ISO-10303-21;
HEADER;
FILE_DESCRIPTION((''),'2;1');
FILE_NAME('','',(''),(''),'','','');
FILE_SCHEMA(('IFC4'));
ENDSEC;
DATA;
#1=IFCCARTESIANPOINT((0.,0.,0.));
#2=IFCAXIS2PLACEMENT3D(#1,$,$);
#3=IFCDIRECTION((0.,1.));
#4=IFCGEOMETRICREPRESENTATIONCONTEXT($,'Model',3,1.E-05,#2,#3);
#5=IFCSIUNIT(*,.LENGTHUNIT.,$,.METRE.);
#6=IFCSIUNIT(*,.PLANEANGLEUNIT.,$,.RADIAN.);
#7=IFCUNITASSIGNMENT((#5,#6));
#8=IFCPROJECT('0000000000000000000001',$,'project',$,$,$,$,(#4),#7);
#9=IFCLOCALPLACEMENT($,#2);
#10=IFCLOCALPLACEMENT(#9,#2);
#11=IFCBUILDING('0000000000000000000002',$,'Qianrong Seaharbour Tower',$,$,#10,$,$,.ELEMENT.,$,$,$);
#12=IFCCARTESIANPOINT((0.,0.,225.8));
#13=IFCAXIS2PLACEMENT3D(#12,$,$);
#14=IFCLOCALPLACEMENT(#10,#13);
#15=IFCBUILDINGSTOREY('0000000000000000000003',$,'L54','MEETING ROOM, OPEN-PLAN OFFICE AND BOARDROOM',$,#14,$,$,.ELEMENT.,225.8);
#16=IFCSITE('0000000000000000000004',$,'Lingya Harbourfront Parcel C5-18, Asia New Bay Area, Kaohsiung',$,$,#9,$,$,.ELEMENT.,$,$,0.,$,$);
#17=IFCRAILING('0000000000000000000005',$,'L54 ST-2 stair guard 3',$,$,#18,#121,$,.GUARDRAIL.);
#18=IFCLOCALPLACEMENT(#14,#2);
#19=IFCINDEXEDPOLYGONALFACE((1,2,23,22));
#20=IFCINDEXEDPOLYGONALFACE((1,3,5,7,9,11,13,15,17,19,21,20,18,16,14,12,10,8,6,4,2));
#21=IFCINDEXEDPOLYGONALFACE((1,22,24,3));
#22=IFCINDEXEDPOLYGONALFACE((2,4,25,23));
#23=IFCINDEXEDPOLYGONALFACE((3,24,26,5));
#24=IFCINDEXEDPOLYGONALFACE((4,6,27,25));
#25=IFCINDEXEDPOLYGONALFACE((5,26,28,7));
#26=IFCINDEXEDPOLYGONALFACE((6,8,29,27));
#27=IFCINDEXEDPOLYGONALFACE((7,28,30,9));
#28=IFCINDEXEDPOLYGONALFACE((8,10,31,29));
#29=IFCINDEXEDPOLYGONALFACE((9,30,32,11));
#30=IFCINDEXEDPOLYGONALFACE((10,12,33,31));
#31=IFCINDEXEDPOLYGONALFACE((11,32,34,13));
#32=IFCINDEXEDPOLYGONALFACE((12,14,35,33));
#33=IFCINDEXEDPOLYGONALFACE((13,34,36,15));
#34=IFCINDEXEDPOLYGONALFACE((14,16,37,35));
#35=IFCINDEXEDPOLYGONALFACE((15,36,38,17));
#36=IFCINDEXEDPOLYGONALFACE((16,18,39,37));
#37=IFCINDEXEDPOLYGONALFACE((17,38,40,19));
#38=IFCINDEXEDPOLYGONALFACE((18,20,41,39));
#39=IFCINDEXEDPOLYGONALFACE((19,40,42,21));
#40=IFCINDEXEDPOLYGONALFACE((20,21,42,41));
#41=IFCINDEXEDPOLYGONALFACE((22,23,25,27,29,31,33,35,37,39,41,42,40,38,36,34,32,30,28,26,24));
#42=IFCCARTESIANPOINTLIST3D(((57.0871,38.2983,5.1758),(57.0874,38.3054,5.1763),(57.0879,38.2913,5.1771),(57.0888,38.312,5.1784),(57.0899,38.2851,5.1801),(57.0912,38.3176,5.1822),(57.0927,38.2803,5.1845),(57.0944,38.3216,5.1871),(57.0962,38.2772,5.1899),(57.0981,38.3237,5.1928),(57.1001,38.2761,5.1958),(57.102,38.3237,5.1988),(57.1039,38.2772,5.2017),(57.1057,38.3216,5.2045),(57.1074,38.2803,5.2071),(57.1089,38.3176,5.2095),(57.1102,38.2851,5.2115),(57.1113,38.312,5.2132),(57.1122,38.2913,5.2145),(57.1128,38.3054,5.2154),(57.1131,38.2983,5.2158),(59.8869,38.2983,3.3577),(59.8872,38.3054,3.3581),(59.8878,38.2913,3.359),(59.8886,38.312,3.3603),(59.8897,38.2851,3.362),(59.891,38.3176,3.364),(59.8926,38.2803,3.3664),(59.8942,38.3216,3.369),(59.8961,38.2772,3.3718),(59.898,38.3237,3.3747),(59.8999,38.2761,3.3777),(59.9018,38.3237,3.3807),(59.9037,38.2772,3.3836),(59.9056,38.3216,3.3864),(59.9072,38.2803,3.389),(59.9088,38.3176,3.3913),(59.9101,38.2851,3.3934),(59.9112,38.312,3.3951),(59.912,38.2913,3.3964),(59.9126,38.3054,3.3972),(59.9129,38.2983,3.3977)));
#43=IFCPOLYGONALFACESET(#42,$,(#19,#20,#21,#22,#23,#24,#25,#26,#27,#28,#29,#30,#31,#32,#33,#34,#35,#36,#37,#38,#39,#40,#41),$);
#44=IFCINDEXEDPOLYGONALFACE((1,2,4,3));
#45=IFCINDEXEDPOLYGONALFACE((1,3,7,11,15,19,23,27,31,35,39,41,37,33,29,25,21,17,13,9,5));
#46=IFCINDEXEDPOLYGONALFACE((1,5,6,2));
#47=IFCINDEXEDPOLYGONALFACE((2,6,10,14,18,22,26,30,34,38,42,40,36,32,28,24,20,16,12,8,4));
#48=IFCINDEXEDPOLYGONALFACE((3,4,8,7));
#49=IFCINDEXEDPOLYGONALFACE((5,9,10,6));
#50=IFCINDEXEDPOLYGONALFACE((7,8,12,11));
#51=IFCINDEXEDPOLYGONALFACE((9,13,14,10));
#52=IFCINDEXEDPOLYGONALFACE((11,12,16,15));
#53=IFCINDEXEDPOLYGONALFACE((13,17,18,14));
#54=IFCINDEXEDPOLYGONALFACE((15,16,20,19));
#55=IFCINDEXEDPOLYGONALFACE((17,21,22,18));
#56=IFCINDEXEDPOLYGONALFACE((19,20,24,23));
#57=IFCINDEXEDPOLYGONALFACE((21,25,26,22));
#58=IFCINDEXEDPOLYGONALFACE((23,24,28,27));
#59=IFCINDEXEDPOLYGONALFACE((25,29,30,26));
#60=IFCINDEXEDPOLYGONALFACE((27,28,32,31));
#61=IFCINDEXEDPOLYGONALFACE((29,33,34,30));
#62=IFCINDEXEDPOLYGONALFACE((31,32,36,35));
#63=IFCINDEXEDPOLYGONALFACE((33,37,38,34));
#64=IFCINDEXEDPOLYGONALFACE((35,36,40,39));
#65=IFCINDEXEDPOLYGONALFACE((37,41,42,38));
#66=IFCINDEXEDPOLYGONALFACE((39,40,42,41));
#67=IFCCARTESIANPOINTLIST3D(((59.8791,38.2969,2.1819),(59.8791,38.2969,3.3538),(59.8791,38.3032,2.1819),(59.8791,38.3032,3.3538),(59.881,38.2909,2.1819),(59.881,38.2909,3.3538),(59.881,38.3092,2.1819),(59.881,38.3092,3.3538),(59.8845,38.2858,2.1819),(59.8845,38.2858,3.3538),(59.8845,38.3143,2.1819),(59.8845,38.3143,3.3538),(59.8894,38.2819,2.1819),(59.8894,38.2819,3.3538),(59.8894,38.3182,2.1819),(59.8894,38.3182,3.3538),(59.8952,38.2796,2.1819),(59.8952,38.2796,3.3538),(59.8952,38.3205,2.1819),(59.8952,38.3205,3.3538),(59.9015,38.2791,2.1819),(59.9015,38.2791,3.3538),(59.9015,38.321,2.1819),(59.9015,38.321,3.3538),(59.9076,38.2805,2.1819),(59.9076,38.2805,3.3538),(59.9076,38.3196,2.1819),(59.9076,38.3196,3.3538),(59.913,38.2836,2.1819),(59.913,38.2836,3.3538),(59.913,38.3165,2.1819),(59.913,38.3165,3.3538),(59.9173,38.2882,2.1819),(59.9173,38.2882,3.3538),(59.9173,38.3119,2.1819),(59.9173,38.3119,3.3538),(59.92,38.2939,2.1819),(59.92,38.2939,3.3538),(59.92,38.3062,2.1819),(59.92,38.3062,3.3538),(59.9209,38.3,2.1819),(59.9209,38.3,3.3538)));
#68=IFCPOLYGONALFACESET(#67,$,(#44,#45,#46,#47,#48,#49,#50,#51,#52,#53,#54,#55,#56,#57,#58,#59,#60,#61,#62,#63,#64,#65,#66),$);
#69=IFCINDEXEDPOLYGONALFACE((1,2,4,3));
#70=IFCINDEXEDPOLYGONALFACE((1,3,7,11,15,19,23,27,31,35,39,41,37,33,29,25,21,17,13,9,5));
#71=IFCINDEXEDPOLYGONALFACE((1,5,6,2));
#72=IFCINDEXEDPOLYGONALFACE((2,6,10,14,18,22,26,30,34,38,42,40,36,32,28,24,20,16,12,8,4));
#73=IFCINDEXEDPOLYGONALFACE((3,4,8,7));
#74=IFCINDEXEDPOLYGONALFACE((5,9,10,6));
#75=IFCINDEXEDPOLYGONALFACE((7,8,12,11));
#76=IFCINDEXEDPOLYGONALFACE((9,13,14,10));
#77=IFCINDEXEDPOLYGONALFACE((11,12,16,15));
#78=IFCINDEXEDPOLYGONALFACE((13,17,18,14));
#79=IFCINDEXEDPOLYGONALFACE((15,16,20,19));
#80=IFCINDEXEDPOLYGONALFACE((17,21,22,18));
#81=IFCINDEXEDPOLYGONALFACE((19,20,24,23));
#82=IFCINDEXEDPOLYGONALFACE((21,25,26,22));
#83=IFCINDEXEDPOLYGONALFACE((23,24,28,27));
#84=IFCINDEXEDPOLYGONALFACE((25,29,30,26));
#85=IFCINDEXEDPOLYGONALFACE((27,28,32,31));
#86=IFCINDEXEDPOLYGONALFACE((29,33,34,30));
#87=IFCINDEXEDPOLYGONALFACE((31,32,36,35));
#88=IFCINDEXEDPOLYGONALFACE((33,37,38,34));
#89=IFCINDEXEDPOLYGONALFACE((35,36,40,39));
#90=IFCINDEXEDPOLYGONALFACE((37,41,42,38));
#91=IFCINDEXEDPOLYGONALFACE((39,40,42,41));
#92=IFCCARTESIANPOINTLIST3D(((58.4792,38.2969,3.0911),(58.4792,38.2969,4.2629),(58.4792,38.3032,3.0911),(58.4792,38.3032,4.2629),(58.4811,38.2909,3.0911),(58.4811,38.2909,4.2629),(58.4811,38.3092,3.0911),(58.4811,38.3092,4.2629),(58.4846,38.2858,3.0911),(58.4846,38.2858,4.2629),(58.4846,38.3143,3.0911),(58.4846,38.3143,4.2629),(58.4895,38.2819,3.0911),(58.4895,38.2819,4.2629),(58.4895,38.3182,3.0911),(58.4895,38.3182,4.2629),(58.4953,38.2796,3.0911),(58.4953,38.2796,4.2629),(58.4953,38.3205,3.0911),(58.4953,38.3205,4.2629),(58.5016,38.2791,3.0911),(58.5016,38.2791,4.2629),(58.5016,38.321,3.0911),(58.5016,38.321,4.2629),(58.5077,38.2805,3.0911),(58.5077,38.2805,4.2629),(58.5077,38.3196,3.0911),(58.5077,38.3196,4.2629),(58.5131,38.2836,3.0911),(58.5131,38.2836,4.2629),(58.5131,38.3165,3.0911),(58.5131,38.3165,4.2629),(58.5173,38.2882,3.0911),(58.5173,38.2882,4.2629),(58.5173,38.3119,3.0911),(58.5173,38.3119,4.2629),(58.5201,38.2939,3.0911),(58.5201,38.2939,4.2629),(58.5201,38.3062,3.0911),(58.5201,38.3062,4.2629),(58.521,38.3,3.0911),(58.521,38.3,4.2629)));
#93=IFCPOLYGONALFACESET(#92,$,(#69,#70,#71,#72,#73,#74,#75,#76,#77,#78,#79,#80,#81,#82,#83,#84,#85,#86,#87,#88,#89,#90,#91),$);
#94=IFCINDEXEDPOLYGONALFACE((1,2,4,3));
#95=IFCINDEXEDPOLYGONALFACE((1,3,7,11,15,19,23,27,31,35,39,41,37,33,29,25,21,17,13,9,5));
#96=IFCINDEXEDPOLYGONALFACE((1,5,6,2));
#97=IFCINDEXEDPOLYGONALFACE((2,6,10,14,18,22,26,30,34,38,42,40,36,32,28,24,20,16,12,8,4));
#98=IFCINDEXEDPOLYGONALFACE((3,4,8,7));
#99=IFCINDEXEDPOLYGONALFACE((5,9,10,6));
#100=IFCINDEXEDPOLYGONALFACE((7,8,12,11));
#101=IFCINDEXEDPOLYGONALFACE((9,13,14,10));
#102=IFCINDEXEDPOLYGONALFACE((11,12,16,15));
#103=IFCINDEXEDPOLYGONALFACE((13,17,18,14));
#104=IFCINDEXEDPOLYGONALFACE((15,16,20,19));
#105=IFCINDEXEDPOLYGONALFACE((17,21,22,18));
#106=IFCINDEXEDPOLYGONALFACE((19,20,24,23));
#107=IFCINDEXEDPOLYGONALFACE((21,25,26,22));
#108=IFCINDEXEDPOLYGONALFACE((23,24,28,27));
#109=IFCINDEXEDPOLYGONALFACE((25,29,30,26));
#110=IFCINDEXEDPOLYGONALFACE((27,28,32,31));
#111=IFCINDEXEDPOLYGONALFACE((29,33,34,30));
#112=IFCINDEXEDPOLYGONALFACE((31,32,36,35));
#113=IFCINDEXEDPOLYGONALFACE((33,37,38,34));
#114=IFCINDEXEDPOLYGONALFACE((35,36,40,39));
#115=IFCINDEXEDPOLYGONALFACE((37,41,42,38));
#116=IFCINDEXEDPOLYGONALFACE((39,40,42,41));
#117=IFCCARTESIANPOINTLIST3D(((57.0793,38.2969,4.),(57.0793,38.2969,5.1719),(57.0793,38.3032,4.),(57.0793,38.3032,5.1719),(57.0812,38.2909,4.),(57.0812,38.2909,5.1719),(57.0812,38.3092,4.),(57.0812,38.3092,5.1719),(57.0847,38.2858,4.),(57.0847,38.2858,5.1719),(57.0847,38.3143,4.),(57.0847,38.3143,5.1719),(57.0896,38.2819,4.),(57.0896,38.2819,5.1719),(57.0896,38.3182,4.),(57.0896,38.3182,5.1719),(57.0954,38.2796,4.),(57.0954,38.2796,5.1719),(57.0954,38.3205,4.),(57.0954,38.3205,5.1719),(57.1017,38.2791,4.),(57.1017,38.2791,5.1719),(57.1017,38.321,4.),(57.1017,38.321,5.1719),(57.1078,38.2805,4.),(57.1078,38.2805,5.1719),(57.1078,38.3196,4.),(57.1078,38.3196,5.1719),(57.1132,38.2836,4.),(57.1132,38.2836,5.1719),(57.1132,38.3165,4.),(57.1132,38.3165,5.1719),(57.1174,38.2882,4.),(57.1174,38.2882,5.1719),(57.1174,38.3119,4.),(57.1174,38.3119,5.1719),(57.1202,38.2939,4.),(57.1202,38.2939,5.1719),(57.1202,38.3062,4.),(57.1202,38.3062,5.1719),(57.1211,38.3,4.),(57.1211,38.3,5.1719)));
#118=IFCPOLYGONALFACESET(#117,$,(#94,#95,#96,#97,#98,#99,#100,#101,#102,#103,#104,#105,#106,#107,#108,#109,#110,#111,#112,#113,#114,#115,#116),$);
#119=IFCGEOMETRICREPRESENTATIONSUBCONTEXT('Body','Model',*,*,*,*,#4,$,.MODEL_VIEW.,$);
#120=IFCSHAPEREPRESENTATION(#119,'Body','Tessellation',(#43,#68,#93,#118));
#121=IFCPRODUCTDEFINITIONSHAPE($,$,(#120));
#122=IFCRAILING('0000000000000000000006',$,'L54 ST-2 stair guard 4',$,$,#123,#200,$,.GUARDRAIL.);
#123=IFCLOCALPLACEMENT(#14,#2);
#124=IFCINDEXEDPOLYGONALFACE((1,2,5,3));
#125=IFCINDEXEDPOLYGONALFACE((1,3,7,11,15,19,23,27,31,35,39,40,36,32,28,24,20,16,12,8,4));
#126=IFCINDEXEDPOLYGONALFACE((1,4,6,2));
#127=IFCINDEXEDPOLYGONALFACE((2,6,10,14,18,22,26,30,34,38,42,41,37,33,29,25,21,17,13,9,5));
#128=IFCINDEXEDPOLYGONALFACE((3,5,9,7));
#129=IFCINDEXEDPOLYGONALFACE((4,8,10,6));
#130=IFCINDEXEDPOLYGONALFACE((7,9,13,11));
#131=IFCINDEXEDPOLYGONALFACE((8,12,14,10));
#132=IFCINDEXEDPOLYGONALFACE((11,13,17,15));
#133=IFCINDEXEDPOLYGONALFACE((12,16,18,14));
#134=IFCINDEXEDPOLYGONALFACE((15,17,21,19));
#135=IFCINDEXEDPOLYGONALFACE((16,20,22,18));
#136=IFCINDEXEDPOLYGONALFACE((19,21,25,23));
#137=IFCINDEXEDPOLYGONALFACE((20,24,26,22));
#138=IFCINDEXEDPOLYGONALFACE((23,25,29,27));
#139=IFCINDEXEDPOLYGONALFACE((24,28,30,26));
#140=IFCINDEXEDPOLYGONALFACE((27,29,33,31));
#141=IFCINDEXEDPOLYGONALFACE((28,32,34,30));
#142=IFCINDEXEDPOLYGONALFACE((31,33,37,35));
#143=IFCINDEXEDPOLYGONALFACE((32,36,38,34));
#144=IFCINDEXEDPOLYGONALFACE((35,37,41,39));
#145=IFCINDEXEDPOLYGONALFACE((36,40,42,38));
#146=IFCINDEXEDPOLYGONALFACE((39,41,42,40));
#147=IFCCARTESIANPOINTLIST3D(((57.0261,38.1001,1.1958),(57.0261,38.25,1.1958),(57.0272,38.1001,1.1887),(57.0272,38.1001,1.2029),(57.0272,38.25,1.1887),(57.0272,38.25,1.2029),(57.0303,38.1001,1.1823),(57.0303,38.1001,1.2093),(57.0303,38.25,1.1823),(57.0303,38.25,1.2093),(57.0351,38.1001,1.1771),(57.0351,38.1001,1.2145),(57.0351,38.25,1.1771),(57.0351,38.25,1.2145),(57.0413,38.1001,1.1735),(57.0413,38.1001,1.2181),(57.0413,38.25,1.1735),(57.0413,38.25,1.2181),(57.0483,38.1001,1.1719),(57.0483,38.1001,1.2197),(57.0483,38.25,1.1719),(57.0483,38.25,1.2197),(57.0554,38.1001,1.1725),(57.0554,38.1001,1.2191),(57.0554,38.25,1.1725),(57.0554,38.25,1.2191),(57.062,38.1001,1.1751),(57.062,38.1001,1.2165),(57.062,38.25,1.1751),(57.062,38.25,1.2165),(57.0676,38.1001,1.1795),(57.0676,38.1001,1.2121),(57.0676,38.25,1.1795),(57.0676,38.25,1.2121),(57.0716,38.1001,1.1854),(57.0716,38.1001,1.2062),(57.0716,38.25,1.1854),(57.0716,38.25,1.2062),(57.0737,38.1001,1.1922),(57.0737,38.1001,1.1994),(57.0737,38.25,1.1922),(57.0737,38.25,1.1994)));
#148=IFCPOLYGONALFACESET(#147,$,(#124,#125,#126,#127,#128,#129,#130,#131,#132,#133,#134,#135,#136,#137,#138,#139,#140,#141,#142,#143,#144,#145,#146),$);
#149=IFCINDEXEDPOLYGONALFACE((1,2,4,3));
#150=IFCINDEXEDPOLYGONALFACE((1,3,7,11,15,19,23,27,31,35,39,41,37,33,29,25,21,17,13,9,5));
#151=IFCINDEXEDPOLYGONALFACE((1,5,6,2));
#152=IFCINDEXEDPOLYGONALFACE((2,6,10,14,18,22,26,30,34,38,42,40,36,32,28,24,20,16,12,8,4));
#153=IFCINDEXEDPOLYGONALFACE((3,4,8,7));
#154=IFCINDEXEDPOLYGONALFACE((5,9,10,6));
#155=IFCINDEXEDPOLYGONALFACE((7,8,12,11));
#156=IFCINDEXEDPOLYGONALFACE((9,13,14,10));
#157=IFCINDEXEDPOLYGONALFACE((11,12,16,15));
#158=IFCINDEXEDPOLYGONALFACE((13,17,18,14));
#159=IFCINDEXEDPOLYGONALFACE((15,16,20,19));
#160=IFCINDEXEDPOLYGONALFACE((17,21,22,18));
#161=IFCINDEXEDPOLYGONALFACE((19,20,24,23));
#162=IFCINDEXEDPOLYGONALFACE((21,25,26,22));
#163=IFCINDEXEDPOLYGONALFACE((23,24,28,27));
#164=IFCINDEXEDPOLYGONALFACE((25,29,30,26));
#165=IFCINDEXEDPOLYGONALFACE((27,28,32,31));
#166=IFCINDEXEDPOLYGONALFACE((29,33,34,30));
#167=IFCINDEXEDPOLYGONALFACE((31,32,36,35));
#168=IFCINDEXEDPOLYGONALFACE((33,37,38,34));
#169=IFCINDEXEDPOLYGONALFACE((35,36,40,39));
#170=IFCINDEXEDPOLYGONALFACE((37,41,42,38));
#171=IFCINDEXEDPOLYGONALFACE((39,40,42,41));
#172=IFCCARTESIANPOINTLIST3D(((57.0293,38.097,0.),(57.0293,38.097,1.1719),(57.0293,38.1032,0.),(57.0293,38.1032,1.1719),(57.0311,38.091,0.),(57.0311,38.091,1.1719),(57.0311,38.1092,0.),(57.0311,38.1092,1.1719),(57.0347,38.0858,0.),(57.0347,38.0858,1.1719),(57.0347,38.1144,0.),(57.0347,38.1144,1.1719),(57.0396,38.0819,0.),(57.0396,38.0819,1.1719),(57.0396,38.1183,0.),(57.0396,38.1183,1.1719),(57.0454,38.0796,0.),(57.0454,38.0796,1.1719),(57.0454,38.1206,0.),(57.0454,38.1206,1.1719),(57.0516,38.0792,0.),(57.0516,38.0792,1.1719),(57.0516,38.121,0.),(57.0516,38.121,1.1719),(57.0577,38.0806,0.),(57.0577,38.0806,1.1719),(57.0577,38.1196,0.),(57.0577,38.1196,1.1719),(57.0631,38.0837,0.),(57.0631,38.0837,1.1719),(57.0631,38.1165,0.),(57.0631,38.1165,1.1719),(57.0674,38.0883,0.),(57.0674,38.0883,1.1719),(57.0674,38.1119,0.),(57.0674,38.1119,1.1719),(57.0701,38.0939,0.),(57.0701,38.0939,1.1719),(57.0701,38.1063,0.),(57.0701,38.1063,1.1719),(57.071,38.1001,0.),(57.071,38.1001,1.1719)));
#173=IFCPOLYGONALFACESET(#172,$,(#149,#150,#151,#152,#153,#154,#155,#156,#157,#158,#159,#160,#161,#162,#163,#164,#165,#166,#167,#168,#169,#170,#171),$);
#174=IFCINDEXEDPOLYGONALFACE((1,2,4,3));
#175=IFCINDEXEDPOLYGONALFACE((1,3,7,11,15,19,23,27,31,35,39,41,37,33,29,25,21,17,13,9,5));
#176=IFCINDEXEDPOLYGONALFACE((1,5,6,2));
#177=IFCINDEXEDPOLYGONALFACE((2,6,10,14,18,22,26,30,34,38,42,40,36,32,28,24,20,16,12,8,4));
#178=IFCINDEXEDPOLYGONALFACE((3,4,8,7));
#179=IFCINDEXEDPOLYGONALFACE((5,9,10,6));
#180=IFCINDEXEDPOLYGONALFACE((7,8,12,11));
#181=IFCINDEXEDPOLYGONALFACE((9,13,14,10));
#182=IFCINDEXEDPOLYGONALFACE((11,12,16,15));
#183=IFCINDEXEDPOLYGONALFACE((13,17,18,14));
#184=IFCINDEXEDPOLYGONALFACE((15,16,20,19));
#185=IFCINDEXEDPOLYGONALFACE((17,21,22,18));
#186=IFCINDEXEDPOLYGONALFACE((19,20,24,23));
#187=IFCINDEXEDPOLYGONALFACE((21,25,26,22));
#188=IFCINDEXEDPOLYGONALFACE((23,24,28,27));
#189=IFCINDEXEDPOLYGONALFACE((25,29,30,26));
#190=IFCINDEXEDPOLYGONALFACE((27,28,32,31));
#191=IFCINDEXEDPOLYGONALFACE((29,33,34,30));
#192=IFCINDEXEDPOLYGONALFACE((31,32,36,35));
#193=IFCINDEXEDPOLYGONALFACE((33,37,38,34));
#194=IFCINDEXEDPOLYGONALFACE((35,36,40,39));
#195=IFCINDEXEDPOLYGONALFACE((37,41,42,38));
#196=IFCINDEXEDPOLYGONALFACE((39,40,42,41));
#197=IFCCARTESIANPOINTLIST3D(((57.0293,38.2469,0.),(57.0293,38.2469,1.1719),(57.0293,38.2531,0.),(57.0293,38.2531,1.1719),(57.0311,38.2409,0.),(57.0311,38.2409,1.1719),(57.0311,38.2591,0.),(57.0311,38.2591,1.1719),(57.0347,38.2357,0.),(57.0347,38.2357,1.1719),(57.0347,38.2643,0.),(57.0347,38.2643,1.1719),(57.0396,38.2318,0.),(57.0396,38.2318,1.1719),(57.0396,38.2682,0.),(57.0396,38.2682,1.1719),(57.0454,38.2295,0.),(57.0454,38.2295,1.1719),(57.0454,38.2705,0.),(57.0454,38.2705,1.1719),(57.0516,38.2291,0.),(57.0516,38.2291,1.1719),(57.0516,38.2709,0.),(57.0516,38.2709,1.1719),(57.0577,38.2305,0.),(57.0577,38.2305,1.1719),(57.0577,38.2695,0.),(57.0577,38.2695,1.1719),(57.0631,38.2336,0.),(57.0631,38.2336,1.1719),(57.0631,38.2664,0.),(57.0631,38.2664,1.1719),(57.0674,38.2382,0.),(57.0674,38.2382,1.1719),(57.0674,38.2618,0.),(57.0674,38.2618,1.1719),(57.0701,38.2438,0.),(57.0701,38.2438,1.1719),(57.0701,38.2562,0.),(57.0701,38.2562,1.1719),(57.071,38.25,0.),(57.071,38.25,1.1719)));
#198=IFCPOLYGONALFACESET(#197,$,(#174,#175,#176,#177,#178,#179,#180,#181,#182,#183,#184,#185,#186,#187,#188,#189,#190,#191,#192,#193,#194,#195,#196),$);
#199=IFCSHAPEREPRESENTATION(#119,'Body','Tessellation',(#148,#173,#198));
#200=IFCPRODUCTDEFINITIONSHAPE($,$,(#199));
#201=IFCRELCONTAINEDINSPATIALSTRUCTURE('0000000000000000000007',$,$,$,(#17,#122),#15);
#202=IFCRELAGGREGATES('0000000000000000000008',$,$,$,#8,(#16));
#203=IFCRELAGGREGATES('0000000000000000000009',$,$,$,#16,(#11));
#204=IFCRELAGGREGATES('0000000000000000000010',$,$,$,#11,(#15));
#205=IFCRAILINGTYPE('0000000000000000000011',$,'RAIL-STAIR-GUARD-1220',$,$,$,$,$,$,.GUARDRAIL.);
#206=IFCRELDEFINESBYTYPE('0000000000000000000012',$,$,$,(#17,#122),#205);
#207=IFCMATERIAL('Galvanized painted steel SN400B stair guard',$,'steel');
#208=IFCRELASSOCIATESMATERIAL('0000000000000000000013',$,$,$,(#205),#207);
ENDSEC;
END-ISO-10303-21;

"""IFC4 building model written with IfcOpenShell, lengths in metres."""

from ifc_helpers import new_model, si_unit, direction, frame, origin, origin_2d, place, context, subcontext, project, spatial, circle, extrude, material, type_object, element, save


model = new_model("IFC4")

# Units and contexts
model_context = context("Model", 3, precision=1e-05, world=origin(), true_north=direction((0.0, 1.0)))
body_context = subcontext(model_context, "Body", "Model", "MODEL_VIEW")
ifc_project = project(units=[si_unit("LENGTHUNIT", "METRE"), si_unit("PLANEANGLEUNIT", "RADIAN")], contexts=[model_context])

# Site, building, storey
site_placement = place(None, origin())
site = spatial("IfcSite", under=ifc_project, at=site_placement, Name="Lingya Harbourfront Parcel C5-18, Asia New Bay Area, Kaohsiung", CompositionType="ELEMENT", RefElevation=0.0)
building_placement = place(site_placement, origin())
building = spatial("IfcBuilding", under=site, at=building_placement, Name="Qianrong Seaharbour Tower", CompositionType="ELEMENT")
storey_placement = place(building_placement, frame((0.0, 0.0, 225.8)))
storey = spatial("IfcBuildingStorey", under=building, at=storey_placement, Name="L54", Description="MEETING ROOM, OPEN-PLAN OFFICE AND BOARDROOM", CompositionType="ELEMENT", Elevation=225.8)

# Railings
ifc_material_1 = material(Name="Galvanized painted steel SN400B stair guard", Category="steel")
railing_type_1 = type_object("IfcRailingType", Name="RAIL-STAIR-GUARD-1220", PredefinedType="GUARDRAIL", material=ifc_material_1)
railing_1_placement = place(storey_placement, frame((59.8999, 38.3, 2.1819)))
element("IfcRailing", 1, at=railing_1_placement, inside=storey, type_object=railing_type_1, Name="L54 ST-2 stair guard 3", PredefinedType="GUARDRAIL", context=body_context, shape_type="SweptSolid", body=[
    extrude(circle(Radius=0.0239, at=origin_2d()), frame((0.0, 0.0, 1.1958), z_axis=(-0.838684, 0.0, 0.544618), x_axis=(0.0, -1.0, 0.0)), (0.0, 0.0, 1.0), 3.3384),
    extrude(circle(Radius=0.021, at=origin_2d()), origin(), (0.0, 0.0, 1.0), 1.1719),
    extrude(circle(Radius=0.021, at=origin_2d()), frame((-1.3999, 0.0, 0.9092)), (0.0, 0.0, 1.0), 1.1719),
    extrude(circle(Radius=0.021, at=origin_2d()), frame((-2.7998, 0.0, 1.8181)), (0.0, 0.0, 1.0), 1.1719),
])
railing_2_placement = place(storey_placement, frame((57.05, 38.1001, 0.0)))
element("IfcRailing", 2, at=railing_2_placement, inside=storey, type_object=railing_type_1, Name="L54 ST-2 stair guard 4", PredefinedType="GUARDRAIL", context=body_context, shape_type="SweptSolid", body=[
    extrude(circle(Radius=0.0239, at=origin_2d()), frame((0.0, 0.0, 1.1958), z_axis=(0.0, 1.0, 0.0), x_axis=(-1.0, 0.0, 0.0)), (0.0, 0.0, 1.0), 0.1499),
    extrude(circle(Radius=0.021, at=origin_2d()), origin(), (0.0, 0.0, 1.0), 1.1719),
    extrude(circle(Radius=0.021, at=origin_2d()), frame((0.0, 0.1499, 0.0)), (0.0, 0.0, 1.0), 1.1719),
])

save(model, "model.ifc")
